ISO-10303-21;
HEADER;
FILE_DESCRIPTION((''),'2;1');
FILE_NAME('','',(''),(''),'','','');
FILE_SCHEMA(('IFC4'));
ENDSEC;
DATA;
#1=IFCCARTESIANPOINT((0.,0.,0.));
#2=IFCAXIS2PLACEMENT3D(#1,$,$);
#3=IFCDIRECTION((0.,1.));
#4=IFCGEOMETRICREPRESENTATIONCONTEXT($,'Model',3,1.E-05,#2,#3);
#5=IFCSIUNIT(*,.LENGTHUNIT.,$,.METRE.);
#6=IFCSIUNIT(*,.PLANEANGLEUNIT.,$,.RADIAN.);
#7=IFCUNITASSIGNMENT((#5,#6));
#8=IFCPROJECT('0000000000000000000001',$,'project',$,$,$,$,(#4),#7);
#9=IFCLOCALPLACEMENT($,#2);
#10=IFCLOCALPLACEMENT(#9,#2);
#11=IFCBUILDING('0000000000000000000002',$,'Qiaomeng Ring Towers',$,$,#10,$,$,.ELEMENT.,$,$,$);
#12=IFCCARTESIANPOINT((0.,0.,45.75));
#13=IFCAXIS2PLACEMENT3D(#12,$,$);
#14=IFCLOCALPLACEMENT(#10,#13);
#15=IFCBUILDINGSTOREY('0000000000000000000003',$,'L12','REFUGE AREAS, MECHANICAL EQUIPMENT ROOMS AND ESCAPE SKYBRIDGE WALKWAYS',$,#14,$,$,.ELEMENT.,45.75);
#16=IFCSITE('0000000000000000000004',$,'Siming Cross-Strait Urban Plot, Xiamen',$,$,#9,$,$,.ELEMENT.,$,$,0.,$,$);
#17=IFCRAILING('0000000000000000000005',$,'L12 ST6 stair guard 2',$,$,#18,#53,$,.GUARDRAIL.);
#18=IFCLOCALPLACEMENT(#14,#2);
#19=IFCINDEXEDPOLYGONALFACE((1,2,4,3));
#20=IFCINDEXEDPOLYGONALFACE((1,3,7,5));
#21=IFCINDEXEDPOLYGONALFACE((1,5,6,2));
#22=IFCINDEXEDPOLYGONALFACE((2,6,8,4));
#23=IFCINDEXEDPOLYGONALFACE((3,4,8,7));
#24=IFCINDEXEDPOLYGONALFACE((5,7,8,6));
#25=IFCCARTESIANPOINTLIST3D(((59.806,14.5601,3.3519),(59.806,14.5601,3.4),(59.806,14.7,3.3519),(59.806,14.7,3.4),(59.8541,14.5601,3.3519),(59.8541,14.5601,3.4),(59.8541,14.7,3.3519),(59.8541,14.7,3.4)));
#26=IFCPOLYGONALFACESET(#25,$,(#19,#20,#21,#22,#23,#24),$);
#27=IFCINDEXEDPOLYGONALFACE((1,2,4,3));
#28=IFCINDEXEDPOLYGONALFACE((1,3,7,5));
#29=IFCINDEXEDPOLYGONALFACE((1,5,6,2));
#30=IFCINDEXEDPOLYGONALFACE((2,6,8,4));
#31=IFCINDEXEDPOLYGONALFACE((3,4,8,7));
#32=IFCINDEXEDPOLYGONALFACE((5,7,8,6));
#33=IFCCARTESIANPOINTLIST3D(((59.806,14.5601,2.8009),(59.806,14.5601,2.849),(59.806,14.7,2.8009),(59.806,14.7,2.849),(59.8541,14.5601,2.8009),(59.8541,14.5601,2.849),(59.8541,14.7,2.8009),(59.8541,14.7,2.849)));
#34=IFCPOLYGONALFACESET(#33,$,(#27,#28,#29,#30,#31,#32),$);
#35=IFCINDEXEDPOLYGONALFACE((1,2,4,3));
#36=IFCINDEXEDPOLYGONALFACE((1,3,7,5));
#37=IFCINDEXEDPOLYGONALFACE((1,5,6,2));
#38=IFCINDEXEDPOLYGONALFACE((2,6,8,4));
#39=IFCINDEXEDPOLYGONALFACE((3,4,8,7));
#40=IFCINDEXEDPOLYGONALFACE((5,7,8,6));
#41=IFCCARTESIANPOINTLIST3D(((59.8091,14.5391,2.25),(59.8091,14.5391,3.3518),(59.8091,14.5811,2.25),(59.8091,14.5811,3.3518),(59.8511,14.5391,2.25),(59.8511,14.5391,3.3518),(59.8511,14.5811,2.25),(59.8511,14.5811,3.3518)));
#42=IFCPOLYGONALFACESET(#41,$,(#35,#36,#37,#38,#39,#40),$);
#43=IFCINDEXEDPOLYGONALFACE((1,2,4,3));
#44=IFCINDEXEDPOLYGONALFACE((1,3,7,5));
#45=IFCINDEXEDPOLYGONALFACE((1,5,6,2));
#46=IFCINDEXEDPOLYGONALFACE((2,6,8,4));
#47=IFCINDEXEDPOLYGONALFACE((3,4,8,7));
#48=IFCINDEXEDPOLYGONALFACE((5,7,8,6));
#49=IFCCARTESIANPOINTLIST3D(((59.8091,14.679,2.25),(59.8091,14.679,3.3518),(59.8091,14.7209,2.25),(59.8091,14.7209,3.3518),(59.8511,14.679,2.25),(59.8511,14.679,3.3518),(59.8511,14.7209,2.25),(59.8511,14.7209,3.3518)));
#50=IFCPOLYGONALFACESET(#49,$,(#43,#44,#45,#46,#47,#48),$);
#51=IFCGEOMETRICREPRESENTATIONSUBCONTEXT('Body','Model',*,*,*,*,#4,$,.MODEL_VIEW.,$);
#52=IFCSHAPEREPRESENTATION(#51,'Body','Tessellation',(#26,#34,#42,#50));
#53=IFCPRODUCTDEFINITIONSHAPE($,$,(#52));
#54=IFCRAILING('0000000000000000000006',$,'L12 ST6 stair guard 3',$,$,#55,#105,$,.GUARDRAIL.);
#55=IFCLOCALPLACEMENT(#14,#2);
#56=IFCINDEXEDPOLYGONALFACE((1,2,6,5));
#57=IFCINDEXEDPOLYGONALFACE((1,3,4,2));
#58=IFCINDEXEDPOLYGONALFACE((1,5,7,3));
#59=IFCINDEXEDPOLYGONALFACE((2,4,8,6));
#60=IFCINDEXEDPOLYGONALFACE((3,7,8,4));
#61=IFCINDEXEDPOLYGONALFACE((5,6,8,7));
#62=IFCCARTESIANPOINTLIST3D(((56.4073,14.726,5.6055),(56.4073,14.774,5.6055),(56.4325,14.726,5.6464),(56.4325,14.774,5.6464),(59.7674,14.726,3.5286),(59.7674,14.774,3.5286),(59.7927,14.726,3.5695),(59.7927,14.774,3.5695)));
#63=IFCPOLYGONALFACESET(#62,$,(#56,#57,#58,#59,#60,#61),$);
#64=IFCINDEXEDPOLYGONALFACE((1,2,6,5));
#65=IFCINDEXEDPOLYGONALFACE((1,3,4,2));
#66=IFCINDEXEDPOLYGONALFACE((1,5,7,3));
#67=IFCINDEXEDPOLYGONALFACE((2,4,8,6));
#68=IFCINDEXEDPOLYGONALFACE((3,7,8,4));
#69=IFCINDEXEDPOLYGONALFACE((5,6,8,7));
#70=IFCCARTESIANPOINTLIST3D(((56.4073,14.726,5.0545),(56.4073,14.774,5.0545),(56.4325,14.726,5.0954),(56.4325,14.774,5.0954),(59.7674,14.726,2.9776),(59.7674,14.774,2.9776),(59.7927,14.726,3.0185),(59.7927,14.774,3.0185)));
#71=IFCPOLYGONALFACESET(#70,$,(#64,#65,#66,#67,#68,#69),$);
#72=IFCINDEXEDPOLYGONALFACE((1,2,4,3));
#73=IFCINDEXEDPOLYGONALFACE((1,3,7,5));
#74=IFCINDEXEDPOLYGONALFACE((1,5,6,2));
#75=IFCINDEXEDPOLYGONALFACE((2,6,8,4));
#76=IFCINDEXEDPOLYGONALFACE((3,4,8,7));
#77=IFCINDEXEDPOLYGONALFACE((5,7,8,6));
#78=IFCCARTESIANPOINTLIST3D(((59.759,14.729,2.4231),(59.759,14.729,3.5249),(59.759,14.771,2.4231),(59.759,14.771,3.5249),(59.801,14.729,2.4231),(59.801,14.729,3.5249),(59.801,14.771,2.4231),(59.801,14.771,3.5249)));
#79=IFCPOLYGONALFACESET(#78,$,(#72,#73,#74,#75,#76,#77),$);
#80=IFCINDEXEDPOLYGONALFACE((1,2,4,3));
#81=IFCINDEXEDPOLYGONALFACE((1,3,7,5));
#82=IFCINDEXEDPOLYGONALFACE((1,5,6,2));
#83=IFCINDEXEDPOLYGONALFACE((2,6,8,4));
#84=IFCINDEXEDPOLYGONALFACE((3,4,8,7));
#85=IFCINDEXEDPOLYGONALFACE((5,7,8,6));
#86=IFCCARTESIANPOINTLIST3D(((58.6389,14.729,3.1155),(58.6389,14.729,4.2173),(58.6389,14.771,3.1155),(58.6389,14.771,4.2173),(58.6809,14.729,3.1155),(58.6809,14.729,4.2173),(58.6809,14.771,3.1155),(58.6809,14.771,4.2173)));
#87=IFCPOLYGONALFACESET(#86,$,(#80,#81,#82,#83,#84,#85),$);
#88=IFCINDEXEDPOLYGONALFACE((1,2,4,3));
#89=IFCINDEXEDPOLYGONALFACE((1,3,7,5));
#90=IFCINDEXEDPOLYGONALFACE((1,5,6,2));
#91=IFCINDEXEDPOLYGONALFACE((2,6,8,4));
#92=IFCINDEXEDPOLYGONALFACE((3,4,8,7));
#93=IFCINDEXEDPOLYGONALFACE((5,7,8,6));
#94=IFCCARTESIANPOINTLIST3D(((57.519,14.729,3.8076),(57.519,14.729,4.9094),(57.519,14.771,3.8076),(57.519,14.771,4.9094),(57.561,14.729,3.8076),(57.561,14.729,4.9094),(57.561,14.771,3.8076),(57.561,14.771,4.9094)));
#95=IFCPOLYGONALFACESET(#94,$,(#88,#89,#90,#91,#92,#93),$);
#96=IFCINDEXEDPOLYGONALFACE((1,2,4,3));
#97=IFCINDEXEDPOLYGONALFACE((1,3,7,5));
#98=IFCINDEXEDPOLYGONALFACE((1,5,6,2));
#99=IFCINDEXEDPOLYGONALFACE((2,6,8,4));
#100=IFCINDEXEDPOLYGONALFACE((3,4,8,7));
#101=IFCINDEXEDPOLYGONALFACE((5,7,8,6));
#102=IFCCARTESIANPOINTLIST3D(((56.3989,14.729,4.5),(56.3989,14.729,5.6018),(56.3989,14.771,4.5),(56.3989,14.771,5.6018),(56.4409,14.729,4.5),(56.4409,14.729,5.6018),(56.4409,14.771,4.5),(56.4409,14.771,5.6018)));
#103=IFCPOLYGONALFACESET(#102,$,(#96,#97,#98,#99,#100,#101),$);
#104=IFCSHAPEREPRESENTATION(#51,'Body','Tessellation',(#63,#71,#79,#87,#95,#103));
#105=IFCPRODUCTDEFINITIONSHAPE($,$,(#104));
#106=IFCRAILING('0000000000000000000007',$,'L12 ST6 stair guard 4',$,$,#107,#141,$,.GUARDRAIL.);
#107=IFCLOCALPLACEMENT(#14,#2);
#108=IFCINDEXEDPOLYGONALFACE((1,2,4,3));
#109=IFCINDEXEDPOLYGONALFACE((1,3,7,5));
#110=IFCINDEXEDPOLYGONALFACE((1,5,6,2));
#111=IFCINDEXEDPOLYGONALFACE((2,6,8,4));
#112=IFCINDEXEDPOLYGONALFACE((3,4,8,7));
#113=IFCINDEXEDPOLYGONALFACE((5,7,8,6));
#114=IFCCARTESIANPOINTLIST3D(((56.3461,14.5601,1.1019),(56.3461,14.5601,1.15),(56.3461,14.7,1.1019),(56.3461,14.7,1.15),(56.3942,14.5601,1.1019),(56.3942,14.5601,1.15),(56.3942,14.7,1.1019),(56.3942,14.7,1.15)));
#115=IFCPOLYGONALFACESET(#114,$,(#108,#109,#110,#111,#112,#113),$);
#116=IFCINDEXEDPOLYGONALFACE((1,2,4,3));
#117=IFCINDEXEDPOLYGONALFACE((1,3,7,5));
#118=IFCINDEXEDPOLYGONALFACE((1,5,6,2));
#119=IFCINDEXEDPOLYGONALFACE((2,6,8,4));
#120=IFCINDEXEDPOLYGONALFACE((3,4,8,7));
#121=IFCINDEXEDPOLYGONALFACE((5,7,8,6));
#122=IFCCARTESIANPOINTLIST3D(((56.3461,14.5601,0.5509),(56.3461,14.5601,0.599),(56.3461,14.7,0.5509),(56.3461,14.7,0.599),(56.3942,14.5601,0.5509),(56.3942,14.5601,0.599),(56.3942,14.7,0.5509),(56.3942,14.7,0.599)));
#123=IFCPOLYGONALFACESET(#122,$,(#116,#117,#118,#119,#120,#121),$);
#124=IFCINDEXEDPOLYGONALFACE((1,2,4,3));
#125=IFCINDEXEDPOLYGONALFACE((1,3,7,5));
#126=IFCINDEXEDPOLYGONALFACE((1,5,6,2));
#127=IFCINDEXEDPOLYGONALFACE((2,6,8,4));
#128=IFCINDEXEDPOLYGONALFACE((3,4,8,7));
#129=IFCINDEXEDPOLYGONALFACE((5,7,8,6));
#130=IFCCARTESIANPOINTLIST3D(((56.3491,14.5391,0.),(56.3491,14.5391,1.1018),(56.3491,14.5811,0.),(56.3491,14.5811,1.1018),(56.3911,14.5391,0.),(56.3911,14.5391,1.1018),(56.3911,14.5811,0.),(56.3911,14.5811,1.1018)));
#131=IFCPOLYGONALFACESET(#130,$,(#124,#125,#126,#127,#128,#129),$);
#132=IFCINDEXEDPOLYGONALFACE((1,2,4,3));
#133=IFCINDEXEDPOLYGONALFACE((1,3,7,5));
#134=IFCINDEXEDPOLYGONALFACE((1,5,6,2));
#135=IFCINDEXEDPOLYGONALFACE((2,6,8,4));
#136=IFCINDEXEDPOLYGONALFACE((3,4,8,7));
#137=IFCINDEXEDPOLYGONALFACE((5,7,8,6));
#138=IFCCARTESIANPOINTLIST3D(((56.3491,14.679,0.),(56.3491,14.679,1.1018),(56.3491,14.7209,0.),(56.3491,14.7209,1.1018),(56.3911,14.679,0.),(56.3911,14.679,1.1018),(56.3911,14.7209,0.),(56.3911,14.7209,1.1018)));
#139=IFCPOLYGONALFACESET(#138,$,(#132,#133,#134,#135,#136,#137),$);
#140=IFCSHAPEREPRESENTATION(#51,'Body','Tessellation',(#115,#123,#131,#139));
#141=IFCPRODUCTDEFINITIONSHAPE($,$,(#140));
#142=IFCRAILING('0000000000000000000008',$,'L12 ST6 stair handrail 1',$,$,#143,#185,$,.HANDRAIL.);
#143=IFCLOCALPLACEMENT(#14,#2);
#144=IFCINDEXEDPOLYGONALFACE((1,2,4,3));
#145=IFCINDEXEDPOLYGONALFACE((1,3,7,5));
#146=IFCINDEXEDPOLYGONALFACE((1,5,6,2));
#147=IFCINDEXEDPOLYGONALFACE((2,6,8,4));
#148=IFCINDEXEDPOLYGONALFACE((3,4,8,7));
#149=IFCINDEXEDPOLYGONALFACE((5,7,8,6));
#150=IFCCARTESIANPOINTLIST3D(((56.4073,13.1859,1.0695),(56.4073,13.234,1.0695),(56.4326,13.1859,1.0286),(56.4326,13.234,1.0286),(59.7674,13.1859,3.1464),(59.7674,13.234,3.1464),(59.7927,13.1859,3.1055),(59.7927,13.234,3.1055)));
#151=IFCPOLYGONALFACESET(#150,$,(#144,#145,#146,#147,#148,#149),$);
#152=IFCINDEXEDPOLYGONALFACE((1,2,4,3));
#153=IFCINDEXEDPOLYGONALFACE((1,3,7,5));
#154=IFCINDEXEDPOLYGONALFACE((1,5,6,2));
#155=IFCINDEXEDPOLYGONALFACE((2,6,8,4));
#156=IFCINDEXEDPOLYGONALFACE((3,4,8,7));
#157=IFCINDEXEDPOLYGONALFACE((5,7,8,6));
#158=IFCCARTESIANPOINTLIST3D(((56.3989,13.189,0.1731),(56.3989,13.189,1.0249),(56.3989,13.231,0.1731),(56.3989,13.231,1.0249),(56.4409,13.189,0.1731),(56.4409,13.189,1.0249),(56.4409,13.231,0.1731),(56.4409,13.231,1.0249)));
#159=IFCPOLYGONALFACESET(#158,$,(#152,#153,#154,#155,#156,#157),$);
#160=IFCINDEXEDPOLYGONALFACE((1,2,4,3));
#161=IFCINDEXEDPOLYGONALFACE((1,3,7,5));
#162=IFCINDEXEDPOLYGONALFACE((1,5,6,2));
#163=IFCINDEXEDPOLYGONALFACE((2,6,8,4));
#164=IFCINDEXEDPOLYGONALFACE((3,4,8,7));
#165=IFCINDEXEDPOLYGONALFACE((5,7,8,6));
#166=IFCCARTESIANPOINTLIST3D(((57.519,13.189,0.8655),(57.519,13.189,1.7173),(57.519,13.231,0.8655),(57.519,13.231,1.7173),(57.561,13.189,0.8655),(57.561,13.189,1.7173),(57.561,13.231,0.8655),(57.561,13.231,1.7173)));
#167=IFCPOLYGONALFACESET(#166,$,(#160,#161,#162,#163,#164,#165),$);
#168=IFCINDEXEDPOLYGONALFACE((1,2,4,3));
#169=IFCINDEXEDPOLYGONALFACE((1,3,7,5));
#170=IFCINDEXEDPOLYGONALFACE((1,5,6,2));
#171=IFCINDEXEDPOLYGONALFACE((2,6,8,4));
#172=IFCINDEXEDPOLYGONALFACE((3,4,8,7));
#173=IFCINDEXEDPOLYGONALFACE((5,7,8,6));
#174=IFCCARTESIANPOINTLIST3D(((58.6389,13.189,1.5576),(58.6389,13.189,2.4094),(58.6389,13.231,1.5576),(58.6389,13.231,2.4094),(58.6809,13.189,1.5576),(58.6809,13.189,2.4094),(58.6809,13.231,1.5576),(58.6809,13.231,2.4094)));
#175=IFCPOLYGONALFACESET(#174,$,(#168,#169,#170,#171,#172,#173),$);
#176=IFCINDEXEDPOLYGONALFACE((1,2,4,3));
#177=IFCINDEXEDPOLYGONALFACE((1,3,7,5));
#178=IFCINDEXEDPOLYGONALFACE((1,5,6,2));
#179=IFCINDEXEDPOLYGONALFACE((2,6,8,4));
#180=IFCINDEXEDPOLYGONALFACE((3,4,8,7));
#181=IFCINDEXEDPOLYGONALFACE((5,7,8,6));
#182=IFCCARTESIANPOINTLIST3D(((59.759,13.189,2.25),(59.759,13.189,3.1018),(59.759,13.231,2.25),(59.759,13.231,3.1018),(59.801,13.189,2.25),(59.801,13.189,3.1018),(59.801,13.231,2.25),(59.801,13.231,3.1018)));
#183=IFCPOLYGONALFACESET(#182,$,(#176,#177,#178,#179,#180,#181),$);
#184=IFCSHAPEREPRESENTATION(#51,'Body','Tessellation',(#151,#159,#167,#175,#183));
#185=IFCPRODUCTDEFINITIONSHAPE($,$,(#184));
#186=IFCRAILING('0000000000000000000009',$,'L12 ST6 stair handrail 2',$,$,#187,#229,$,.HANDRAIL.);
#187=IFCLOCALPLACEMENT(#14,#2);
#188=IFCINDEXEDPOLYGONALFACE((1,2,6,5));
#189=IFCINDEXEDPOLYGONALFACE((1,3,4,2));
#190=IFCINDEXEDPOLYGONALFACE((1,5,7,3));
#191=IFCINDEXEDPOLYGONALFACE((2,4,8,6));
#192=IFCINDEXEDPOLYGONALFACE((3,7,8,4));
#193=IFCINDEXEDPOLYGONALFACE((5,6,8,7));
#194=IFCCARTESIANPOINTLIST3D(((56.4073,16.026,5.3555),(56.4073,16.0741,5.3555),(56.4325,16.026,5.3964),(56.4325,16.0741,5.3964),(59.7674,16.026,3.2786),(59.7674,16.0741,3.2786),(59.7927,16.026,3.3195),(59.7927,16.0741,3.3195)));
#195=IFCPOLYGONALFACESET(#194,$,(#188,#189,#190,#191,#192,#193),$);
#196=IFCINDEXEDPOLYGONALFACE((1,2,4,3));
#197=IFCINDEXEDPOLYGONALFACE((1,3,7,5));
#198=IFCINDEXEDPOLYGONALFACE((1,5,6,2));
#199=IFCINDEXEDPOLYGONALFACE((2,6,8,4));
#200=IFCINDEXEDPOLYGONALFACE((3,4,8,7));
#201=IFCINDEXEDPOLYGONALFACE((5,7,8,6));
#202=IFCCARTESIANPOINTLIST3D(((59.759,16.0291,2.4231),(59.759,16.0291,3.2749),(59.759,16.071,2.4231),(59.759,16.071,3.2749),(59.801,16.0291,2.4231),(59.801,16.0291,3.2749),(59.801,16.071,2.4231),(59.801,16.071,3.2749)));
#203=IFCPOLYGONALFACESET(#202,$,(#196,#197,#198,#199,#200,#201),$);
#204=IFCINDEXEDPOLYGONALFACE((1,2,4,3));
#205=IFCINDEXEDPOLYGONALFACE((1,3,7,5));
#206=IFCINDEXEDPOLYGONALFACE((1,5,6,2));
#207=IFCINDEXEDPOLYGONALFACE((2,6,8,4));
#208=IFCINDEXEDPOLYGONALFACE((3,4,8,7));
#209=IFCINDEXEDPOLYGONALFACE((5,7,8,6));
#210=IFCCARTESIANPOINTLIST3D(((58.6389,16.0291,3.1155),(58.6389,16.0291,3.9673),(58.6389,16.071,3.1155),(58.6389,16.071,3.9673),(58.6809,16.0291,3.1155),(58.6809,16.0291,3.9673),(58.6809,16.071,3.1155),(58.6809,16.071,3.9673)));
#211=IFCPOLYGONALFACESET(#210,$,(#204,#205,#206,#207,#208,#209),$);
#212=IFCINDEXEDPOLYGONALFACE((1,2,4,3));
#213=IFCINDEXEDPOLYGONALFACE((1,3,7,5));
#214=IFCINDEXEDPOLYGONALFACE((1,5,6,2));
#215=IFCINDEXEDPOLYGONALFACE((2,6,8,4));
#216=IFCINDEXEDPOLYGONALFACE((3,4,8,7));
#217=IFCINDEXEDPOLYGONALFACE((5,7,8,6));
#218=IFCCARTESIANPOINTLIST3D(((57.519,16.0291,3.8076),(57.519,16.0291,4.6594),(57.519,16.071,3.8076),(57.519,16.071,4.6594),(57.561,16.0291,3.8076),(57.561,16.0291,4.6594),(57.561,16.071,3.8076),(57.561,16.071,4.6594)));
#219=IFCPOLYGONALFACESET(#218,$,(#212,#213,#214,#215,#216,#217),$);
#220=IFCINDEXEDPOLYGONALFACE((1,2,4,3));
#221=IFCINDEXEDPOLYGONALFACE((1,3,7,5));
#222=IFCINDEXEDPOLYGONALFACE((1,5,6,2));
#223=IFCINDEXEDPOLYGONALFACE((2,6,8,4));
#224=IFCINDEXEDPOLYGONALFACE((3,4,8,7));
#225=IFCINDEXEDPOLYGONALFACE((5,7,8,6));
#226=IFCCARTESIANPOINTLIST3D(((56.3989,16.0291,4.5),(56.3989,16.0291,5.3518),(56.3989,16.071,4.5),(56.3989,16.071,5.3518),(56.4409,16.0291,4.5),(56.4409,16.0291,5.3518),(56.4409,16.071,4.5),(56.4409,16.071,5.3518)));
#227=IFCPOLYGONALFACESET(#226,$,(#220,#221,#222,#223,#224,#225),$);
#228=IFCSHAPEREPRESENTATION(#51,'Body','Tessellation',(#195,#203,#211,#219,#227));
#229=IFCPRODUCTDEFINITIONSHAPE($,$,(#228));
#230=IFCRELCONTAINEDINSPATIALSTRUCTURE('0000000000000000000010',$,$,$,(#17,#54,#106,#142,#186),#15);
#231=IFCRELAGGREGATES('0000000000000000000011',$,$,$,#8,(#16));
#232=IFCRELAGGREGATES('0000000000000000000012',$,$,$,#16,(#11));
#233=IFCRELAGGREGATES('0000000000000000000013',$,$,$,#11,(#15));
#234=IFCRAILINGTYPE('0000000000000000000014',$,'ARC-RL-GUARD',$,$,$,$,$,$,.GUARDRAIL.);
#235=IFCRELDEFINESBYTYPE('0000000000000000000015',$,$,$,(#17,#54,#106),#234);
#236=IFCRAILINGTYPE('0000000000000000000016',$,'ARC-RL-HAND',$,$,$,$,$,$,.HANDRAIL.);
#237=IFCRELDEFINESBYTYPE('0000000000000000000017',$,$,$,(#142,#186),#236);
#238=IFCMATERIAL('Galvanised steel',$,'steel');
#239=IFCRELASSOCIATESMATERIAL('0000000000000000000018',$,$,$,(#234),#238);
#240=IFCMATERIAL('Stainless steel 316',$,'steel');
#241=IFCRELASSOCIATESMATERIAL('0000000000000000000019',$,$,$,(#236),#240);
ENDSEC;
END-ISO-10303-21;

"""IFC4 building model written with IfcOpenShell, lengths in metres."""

from ifc_helpers import new_model, si_unit, direction, frame, origin, origin_2d, place, context, subcontext, project, spatial, rectangle, extrude, material, type_object, element, save


model = new_model("IFC4")

# Units and contexts
model_context = context("Model", 3, precision=1e-05, world=origin(), true_north=direction((0.0, 1.0)))
body_context = subcontext(model_context, "Body", "Model", "MODEL_VIEW")
ifc_project = project(units=[si_unit("LENGTHUNIT", "METRE"), si_unit("PLANEANGLEUNIT", "RADIAN")], contexts=[model_context])

# Site, building, storey
site_placement = place(None, origin())
site = spatial("IfcSite", under=ifc_project, at=site_placement, Name="Siming Cross-Strait Urban Plot, Xiamen", CompositionType="ELEMENT", RefElevation=0.0)
building_placement = place(site_placement, origin())
building = spatial("IfcBuilding", under=site, at=building_placement, Name="Qiaomeng Ring Towers", CompositionType="ELEMENT")
storey_placement = place(building_placement, frame((0.0, 0.0, 45.75)))
storey = spatial("IfcBuildingStorey", under=building, at=storey_placement, Name="L12", Description="REFUGE AREAS, MECHANICAL EQUIPMENT ROOMS AND ESCAPE SKYBRIDGE WALKWAYS", CompositionType="ELEMENT", Elevation=45.75)

# Shared definitions
ifc_material_1 = material(Name="Galvanised steel", Category="steel")

# Shared definitions
ifc_material_2 = material(Name="Stainless steel 316", Category="steel")

# Railings
railing_type_1 = type_object("IfcRailingType", Name="ARC-RL-GUARD", PredefinedType="GUARDRAIL", material=ifc_material_1)
railing_1_placement = place(storey_placement, frame((59.8301, 14.5601, 2.25)))
element("IfcRailing", 1, at=railing_1_placement, inside=storey, type_object=railing_type_1, Name="L12 ST6 stair guard 2", PredefinedType="GUARDRAIL", context=body_context, shape_type="SweptSolid", body=[
    extrude(rectangle(XDim=0.0481, YDim=0.0481, at=origin_2d()), frame((0.0, 0.0, 1.126), z_axis=(0.0, 1.0, 0.0), x_axis=(-1.0, 0.0, 0.0)), (0.0, 0.0, 1.0), 0.1399),
    extrude(rectangle(XDim=0.0481, YDim=0.0481, at=origin_2d()), frame((0.0, 0.0, 0.575), z_axis=(0.0, 1.0, 0.0), x_axis=(-1.0, 0.0, 0.0)), (0.0, 0.0, 1.0), 0.1399),
    extrude(rectangle(XDim=0.042, YDim=0.042, at=origin_2d()), origin(), (0.0, 0.0, 1.0), 1.1018),
    extrude(rectangle(XDim=0.042, YDim=0.042, at=origin_2d()), frame((0.0, 0.1399, 0.0)), (0.0, 0.0, 1.0), 1.1018),
])
railing_2_placement = place(storey_placement, frame((59.78, 14.75, 2.4231)))
element("IfcRailing", 2, at=railing_2_placement, inside=storey, type_object=railing_type_1, Name="L12 ST6 stair guard 3", PredefinedType="GUARDRAIL", context=body_context, shape_type="SweptSolid", body=[
    extrude(rectangle(XDim=0.0481, YDim=0.0481, at=origin_2d()), frame((0.0, 0.0, 1.126), z_axis=(-0.850623, 0.0, 0.525776), x_axis=(0.0, -1.0, 0.0)), (0.0, 0.0, 1.0), 3.9502),
    extrude(rectangle(XDim=0.0481, YDim=0.0481, at=origin_2d()), frame((0.0, 0.0, 0.575), z_axis=(-0.850623, 0.0, 0.525776), x_axis=(0.0, -1.0, 0.0)), (0.0, 0.0, 1.0), 3.9502),
    extrude(rectangle(XDim=0.042, YDim=0.042, at=origin_2d()), origin(), (0.0, 0.0, 1.0), 1.1018),
    extrude(rectangle(XDim=0.042, YDim=0.042, at=origin_2d()), frame((-1.1201, 0.0, 0.6924)), (0.0, 0.0, 1.0), 1.1018),
    extrude(rectangle(XDim=0.042, YDim=0.042, at=origin_2d()), frame((-2.24, 0.0, 1.3845)), (0.0, 0.0, 1.0), 1.1018),
    extrude(rectangle(XDim=0.042, YDim=0.042, at=origin_2d()), frame((-3.3601, 0.0, 2.0769)), (0.0, 0.0, 1.0), 1.1018),
])
railing_3_placement = place(storey_placement, frame((56.3701, 14.5601, 0.0)))
element("IfcRailing", 3, at=railing_3_placement, inside=storey, type_object=railing_type_1, Name="L12 ST6 stair guard 4", PredefinedType="GUARDRAIL", context=body_context, shape_type="SweptSolid", body=[
    extrude(rectangle(XDim=0.0481, YDim=0.0481, at=origin_2d()), frame((0.0, 0.0, 1.126), z_axis=(0.0, 1.0, 0.0), x_axis=(-1.0, 0.0, 0.0)), (0.0, 0.0, 1.0), 0.1399),
    extrude(rectangle(XDim=0.0481, YDim=0.0481, at=origin_2d()), frame((0.0, 0.0, 0.575), z_axis=(0.0, 1.0, 0.0), x_axis=(-1.0, 0.0, 0.0)), (0.0, 0.0, 1.0), 0.1399),
    extrude(rectangle(XDim=0.042, YDim=0.042, at=origin_2d()), origin(), (0.0, 0.0, 1.0), 1.1018),
    extrude(rectangle(XDim=0.042, YDim=0.042, at=origin_2d()), frame((0.0, 0.1399, 0.0)), (0.0, 0.0, 1.0), 1.1018),
])
railing_type_2 = type_object("IfcRailingType", Name="ARC-RL-HAND", PredefinedType="HANDRAIL", material=ifc_material_2)
railing_4_placement = place(storey_placement, frame((56.4199, 13.21, 0.1731)))
element("IfcRailing", 4, at=railing_4_placement, inside=storey, type_object=railing_type_2, Name="L12 ST6 stair handrail 1", PredefinedType="HANDRAIL", context=body_context, shape_type="SweptSolid", body=[
    extrude(rectangle(XDim=0.0481, YDim=0.0481, at=origin_2d()), frame((0.0, 0.0, 0.876), z_axis=(0.850623, 0.0, 0.525776), x_axis=(0.0, 1.0, 0.0)), (0.0, 0.0, 1.0), 3.9502),
    extrude(rectangle(XDim=0.042, YDim=0.042, at=origin_2d()), origin(), (0.0, 0.0, 1.0), 0.8518),
    extrude(rectangle(XDim=0.042, YDim=0.042, at=origin_2d()), frame((1.1201, 0.0, 0.6924)), (0.0, 0.0, 1.0), 0.8518),
    extrude(rectangle(XDim=0.042, YDim=0.042, at=origin_2d()), frame((2.24, 0.0, 1.3845)), (0.0, 0.0, 1.0), 0.8518),
    extrude(rectangle(XDim=0.042, YDim=0.042, at=origin_2d()), frame((3.3601, 0.0, 2.0769)), (0.0, 0.0, 1.0), 0.8518),
])
railing_5_placement = place(storey_placement, frame((59.78, 16.05, 2.4231)))
element("IfcRailing", 5, at=railing_5_placement, inside=storey, type_object=railing_type_2, Name="L12 ST6 stair handrail 2", PredefinedType="HANDRAIL", context=body_context, shape_type="SweptSolid", body=[
    extrude(rectangle(XDim=0.0481, YDim=0.0481, at=origin_2d()), frame((0.0, 0.0, 0.876), z_axis=(-0.850623, 0.0, 0.525776), x_axis=(0.0, -1.0, 0.0)), (0.0, 0.0, 1.0), 3.9502),
    extrude(rectangle(XDim=0.042, YDim=0.042, at=origin_2d()), origin(), (0.0, 0.0, 1.0), 0.8518),
    extrude(rectangle(XDim=0.042, YDim=0.042, at=origin_2d()), frame((-1.1201, 0.0, 0.6924)), (0.0, 0.0, 1.0), 0.8518),
    extrude(rectangle(XDim=0.042, YDim=0.042, at=origin_2d()), frame((-2.24, 0.0, 1.3845)), (0.0, 0.0, 1.0), 0.8518),
    extrude(rectangle(XDim=0.042, YDim=0.042, at=origin_2d()), frame((-3.3601, 0.0, 2.0769)), (0.0, 0.0, 1.0), 0.8518),
])

save(model, "model.ifc")
